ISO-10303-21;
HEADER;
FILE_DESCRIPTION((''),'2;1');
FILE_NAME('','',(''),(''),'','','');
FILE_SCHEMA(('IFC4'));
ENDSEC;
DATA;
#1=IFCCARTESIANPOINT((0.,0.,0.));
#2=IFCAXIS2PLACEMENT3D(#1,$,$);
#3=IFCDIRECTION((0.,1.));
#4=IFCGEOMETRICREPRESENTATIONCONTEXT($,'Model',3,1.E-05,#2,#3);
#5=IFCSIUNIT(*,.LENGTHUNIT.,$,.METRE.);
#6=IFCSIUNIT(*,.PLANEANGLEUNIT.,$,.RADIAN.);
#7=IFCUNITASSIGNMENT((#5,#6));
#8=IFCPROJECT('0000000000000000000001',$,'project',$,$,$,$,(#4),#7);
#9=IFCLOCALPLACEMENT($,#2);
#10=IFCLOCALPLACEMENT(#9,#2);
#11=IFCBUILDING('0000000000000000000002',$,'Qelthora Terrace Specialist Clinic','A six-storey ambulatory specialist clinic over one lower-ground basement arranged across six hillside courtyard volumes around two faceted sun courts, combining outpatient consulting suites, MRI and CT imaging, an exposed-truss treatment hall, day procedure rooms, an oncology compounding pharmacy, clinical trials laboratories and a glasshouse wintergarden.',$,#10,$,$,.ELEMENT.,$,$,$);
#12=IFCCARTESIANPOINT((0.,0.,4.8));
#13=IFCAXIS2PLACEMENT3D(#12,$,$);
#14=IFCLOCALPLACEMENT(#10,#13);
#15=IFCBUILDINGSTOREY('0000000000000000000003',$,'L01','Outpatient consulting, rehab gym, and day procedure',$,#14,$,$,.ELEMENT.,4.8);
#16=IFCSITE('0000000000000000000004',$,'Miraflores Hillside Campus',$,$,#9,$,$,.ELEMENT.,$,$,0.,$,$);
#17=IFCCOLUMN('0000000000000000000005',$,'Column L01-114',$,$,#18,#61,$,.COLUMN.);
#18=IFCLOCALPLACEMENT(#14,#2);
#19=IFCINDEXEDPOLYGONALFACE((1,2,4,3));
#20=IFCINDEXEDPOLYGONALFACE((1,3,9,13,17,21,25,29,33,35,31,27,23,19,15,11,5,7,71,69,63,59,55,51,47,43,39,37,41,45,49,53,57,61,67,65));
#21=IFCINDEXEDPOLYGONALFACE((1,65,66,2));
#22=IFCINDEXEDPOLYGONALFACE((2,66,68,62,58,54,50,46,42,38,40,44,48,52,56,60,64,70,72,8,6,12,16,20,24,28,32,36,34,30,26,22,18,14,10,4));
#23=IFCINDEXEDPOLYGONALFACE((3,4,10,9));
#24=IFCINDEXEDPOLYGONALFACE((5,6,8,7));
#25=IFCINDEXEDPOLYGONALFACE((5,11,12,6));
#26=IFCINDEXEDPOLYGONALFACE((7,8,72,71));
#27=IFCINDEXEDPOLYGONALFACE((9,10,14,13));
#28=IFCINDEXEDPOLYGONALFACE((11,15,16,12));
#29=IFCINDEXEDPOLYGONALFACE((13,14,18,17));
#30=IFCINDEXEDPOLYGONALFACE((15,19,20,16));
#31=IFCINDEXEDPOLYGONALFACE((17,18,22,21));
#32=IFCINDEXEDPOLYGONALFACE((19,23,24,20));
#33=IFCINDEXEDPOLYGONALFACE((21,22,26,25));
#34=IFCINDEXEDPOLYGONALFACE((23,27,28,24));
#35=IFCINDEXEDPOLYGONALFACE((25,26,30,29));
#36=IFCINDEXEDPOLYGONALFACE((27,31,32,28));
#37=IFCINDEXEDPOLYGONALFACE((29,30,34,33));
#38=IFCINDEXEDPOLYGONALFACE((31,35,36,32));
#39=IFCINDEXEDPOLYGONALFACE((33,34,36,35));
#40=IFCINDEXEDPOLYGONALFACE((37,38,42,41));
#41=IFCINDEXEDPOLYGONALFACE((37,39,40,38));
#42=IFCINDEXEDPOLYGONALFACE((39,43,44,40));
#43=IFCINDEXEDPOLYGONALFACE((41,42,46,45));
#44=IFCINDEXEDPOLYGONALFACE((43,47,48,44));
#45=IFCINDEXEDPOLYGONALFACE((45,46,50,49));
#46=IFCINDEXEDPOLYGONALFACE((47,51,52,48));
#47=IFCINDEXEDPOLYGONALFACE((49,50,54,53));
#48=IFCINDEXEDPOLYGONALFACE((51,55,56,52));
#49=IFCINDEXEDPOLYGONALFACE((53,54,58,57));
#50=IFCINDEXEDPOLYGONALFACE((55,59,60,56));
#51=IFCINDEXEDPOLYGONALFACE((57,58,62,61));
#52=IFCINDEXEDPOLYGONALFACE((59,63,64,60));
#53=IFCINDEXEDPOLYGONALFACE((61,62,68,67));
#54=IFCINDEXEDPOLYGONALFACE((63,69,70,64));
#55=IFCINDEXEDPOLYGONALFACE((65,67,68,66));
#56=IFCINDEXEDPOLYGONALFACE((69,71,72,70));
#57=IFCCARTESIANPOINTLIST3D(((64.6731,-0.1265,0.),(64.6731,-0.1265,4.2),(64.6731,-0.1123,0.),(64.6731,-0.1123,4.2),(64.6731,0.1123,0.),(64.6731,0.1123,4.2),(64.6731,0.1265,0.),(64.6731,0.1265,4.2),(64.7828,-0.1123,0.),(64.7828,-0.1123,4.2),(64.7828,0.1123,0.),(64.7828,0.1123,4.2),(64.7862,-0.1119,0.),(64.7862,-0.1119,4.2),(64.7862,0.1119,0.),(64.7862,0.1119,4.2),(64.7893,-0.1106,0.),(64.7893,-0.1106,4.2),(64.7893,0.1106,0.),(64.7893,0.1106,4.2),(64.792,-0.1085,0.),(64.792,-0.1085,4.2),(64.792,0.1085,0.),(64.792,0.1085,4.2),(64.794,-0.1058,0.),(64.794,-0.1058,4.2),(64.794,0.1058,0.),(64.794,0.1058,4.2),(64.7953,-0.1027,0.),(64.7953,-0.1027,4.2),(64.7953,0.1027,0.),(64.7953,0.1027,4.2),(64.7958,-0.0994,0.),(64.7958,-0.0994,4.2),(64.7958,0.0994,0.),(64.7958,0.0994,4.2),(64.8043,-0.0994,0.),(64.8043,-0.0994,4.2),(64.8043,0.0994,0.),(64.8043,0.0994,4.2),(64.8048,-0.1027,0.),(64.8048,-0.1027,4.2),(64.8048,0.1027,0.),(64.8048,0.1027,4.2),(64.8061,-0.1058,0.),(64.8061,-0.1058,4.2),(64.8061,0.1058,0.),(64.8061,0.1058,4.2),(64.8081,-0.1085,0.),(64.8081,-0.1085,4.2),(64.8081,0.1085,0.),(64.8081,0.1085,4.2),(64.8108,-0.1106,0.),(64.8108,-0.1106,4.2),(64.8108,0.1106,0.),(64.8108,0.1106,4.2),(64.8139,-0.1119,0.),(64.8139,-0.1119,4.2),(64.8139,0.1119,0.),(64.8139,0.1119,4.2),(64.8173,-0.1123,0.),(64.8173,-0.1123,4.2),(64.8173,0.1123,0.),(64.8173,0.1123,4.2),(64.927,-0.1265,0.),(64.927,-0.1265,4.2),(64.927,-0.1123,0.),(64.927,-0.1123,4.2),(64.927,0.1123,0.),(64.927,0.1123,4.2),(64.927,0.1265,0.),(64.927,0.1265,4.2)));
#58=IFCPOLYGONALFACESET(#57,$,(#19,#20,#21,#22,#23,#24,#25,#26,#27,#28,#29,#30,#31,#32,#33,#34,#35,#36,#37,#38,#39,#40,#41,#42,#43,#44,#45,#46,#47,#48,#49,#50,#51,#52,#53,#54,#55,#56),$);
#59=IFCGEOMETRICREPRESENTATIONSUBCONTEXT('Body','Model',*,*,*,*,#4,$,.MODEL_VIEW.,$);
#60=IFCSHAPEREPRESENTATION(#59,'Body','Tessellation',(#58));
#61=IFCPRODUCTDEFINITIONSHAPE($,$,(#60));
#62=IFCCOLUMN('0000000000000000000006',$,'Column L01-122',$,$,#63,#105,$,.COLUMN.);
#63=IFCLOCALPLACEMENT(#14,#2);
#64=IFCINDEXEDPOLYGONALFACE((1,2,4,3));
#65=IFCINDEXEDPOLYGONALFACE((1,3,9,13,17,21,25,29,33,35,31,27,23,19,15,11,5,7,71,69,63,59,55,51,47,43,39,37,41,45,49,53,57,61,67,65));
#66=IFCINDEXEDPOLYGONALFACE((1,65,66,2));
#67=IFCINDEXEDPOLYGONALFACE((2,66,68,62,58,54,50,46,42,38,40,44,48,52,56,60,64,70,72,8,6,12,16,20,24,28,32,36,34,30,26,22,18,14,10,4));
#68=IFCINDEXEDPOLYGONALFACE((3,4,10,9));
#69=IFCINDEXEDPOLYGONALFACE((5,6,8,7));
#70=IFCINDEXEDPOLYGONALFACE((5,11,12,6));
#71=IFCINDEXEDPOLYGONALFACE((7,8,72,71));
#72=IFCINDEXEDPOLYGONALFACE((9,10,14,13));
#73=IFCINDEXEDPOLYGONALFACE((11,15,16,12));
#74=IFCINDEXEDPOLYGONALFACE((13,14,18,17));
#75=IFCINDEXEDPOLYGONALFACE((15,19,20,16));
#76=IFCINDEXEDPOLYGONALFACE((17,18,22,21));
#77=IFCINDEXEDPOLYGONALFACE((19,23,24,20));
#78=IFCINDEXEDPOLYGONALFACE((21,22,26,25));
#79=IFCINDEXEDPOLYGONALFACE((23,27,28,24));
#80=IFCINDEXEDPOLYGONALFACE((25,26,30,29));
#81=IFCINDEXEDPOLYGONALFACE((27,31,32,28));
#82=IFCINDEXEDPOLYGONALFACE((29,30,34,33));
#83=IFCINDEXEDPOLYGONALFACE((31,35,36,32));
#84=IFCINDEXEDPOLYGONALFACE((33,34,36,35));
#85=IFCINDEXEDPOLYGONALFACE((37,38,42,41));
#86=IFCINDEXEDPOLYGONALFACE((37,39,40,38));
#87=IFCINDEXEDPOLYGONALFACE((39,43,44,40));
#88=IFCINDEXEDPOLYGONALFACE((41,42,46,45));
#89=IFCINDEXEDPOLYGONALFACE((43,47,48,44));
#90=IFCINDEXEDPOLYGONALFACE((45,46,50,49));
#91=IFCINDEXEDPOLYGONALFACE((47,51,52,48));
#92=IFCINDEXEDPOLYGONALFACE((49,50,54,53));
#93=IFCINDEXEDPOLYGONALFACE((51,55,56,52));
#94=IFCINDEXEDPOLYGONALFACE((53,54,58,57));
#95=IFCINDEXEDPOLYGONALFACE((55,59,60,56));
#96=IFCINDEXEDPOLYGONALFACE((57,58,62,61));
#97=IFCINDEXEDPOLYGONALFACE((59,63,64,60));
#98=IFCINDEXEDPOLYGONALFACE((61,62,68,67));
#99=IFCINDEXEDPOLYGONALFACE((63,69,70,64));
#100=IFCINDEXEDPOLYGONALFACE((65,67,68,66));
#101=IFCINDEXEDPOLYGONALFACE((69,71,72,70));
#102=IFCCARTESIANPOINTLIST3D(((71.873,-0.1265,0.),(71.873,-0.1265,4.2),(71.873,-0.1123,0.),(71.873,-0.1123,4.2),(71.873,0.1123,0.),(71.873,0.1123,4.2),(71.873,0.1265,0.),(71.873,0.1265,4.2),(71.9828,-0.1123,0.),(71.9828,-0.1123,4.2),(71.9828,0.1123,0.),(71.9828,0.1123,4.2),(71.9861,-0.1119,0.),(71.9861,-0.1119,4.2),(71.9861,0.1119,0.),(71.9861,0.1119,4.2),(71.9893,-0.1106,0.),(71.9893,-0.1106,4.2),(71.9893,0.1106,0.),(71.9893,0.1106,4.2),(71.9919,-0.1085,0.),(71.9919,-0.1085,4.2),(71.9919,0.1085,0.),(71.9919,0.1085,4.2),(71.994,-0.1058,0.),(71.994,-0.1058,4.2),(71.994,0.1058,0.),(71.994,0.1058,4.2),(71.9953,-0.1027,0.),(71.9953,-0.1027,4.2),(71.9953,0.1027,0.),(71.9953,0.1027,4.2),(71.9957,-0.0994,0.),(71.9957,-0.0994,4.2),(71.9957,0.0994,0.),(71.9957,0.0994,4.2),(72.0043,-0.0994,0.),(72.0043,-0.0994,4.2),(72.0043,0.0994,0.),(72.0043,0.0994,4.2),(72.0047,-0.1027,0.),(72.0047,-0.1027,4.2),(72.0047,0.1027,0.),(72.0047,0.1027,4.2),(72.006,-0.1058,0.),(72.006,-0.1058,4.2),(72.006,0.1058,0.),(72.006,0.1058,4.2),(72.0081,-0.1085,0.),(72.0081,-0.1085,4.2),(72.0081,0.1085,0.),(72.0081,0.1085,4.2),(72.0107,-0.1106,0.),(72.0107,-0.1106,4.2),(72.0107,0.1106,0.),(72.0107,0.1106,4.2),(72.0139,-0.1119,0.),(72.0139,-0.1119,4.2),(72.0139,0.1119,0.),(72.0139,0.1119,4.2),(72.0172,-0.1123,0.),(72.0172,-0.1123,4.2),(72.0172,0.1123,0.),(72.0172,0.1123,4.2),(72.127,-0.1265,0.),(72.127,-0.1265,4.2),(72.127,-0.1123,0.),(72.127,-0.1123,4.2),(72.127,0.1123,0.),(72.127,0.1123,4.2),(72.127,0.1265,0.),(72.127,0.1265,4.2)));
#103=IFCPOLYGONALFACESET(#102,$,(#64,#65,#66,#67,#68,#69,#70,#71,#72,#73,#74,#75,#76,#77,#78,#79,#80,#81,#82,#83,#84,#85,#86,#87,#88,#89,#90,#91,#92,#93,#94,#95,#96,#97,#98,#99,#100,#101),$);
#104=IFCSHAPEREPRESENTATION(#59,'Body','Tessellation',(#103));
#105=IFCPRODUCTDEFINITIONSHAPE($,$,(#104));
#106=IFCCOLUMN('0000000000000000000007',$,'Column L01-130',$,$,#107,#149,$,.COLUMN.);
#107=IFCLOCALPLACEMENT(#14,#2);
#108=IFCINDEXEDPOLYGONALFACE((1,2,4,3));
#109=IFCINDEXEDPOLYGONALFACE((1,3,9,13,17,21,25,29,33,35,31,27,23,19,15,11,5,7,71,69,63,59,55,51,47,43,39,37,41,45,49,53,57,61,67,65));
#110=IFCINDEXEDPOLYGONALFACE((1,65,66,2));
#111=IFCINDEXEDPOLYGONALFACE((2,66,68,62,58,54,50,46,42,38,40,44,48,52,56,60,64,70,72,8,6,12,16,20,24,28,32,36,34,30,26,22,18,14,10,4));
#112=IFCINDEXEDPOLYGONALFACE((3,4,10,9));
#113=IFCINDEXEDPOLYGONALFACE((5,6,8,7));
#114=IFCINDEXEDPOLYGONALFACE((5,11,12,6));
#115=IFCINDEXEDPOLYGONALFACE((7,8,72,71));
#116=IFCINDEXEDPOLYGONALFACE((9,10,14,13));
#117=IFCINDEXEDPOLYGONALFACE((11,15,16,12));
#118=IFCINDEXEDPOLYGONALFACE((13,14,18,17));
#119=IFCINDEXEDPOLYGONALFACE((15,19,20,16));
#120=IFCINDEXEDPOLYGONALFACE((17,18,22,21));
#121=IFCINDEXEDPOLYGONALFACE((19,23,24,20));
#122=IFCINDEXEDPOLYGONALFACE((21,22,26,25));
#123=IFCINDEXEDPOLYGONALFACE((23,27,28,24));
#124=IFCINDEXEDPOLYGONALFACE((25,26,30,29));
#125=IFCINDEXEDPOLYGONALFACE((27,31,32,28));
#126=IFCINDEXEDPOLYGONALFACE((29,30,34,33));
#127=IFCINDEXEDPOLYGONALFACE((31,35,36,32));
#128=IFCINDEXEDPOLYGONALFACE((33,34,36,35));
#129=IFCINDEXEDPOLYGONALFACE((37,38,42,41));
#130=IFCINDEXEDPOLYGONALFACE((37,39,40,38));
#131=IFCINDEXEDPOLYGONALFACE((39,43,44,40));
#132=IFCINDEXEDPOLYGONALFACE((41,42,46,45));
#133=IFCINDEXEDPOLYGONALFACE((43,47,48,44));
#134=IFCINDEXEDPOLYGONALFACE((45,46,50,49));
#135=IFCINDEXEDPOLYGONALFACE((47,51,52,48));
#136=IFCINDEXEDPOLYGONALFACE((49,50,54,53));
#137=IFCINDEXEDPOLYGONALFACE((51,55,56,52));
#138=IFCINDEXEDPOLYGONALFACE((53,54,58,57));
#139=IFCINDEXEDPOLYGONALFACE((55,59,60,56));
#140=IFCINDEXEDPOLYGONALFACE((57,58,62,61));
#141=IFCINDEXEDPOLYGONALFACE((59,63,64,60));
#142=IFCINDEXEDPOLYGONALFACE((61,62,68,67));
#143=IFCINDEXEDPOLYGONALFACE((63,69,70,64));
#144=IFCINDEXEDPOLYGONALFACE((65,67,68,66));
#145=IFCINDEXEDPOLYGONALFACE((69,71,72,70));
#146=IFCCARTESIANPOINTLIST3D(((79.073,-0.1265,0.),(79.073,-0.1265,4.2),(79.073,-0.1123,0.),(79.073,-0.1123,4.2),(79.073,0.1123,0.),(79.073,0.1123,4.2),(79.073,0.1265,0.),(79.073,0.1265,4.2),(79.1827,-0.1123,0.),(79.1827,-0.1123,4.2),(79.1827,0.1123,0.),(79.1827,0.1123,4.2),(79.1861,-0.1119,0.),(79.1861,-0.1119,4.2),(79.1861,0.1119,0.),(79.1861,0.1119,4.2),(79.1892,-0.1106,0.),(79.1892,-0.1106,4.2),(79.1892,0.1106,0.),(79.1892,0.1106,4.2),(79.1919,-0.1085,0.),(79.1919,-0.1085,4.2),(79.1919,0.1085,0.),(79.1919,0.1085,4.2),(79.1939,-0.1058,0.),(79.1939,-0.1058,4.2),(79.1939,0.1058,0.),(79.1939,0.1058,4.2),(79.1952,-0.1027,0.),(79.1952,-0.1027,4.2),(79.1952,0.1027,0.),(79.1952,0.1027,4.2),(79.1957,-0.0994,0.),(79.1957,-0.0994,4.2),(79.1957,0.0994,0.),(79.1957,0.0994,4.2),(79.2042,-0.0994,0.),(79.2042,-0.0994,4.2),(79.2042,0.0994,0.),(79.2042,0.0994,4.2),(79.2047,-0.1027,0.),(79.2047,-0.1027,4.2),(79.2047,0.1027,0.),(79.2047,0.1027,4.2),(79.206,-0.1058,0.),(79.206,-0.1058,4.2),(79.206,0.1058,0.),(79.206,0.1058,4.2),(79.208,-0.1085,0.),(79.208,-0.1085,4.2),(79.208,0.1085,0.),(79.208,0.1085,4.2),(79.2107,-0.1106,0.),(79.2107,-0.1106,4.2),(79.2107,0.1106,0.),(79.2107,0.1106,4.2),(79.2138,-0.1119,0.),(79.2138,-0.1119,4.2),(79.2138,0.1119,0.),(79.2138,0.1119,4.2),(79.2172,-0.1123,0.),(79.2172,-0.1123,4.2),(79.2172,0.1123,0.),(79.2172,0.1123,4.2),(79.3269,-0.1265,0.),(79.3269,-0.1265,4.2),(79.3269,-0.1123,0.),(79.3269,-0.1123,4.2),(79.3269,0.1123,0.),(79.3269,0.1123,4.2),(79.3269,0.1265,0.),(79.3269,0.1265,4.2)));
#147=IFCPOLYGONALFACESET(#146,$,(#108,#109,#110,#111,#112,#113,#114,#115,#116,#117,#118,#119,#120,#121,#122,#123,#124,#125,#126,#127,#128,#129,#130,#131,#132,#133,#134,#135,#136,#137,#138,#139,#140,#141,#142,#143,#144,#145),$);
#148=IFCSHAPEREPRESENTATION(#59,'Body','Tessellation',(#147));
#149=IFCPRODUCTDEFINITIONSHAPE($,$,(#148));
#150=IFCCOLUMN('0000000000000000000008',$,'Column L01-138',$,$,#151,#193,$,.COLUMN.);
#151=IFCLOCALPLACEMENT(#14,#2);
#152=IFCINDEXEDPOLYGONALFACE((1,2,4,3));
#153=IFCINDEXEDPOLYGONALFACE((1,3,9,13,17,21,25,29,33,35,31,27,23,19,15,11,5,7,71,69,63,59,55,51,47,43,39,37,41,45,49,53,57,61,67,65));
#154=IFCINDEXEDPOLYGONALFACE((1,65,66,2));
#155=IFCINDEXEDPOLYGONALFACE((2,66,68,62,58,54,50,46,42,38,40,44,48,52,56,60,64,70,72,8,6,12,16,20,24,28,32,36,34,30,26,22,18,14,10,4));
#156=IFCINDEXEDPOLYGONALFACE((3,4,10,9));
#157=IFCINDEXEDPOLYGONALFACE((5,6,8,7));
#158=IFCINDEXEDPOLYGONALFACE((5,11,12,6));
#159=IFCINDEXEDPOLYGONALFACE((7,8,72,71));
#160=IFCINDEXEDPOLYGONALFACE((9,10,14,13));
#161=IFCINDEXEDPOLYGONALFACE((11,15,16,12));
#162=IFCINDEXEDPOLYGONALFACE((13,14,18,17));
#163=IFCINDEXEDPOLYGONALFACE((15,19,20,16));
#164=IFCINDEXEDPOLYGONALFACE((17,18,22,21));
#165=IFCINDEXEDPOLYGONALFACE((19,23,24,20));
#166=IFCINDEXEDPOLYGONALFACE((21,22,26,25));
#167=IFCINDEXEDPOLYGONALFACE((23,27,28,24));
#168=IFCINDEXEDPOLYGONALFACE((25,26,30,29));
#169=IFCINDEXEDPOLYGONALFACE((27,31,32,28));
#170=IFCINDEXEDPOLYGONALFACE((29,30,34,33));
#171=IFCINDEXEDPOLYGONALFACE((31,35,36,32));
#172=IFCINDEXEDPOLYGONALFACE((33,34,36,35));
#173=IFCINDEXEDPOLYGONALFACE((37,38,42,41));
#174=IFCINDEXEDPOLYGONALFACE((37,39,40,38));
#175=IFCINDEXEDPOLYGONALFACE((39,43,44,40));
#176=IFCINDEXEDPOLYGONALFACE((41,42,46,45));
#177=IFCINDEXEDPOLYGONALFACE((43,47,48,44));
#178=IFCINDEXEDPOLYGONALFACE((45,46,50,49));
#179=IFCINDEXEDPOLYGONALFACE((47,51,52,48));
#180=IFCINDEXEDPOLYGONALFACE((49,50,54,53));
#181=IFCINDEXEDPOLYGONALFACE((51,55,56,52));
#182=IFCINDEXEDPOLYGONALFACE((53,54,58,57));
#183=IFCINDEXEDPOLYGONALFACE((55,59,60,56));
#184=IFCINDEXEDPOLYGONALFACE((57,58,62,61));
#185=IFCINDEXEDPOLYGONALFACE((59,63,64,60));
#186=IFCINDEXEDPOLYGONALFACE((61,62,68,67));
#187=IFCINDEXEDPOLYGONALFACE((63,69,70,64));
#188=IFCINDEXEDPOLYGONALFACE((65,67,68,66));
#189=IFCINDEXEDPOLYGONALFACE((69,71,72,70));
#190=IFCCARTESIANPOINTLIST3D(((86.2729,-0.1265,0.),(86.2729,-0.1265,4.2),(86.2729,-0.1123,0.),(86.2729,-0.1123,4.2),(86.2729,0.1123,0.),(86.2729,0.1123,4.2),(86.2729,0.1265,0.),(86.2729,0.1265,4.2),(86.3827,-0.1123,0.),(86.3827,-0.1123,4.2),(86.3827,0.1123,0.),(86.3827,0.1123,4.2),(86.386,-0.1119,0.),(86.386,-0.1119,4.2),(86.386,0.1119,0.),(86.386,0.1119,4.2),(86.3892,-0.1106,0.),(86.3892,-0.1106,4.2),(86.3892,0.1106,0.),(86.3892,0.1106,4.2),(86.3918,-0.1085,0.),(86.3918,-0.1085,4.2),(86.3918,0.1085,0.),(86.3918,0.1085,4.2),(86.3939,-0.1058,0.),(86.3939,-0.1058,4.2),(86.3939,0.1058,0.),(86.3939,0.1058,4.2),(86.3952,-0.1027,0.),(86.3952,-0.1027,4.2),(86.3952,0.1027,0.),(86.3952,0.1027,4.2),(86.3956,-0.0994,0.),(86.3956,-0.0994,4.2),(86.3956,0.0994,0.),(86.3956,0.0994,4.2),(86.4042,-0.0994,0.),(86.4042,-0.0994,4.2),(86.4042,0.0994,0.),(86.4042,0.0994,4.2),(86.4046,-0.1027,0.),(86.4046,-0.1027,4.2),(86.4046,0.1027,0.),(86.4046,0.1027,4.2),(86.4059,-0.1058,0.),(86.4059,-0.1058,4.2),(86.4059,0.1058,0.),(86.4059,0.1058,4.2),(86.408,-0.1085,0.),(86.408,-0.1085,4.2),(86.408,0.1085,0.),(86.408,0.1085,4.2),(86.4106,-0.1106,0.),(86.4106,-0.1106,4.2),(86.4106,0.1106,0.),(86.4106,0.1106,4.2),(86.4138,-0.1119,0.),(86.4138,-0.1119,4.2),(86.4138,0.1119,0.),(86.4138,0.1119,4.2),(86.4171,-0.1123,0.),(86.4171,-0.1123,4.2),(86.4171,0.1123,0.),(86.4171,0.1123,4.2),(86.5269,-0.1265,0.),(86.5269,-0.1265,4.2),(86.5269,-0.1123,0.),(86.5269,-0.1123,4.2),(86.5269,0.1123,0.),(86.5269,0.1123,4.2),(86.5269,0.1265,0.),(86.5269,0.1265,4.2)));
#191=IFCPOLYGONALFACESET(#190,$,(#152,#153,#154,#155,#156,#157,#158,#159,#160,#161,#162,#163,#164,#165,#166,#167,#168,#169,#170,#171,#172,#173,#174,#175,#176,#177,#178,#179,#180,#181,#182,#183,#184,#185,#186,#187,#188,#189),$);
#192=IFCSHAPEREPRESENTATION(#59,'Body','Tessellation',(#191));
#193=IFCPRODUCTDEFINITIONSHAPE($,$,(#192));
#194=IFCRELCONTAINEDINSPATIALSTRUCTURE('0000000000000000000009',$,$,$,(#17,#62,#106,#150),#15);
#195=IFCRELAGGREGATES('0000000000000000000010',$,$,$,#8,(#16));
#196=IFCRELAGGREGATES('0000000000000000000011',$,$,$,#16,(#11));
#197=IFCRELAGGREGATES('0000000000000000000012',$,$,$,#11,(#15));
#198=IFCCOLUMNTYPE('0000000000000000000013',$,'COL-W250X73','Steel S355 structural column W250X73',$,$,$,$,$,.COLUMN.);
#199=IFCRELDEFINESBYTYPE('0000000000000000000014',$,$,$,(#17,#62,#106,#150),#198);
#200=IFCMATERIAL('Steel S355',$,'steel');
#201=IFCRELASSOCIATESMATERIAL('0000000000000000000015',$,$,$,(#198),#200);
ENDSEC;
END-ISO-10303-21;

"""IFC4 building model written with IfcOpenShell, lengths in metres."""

from ifc_helpers import new_model, si_unit, direction, frame, origin, origin_2d, place, context, subcontext, project, spatial, i_section, extrude, material, material_profile, profile_set, type_object, element, save


model = new_model("IFC4")

# Units and contexts
model_context = context("Model", 3, precision=1e-05, world=origin(), true_north=direction((0.0, 1.0)))
body_context = subcontext(model_context, "Body", "Model", "MODEL_VIEW")
ifc_project = project(units=[si_unit("LENGTHUNIT", "METRE"), si_unit("PLANEANGLEUNIT", "RADIAN")], contexts=[model_context])

# Site, building, storey
site_placement = place(None, origin())
site = spatial("IfcSite", under=ifc_project, at=site_placement, Name="Miraflores Hillside Campus", CompositionType="ELEMENT", RefElevation=0.0)
building_placement = place(site_placement, origin())
building = spatial("IfcBuilding", under=site, at=building_placement, Name="Qelthora Terrace Specialist Clinic", Description="A six-storey ambulatory specialist clinic over one lower-ground basement arranged across six hillside courtyard volumes around two faceted sun courts, combining outpatient consulting suites, MRI and CT imaging, an exposed-truss treatment hall, day procedure rooms, an oncology compounding pharmacy, clinical trials laboratories and a glasshouse wintergarden.", CompositionType="ELEMENT")
storey_placement = place(building_placement, frame((0.0, 0.0, 4.8)))
storey = spatial("IfcBuildingStorey", under=building, at=storey_placement, Name="L01", Description="Outpatient consulting, rehab gym, and day procedure", CompositionType="ELEMENT", Elevation=4.8)

# Columns
ifc_material_1 = material(Name="Steel S355", Category="steel")
ifc_material_profile_1 = material_profile(ifc_material_1, i_section(OverallWidth=0.2539, OverallDepth=0.2529, WebThickness=0.0085, FlangeThickness=0.0142, FilletRadius=0.0129, at=origin_2d()), Name="W250X73")
ifc_profile_set_1 = profile_set([ifc_material_profile_1], Name="Steel S355")
column_type_1 = type_object("IfcColumnType", Name="COL-W250X73", Description="Steel S355 structural column W250X73", PredefinedType="COLUMN", material=ifc_profile_set_1)
for number, where, z_axis, x_axis, name in (
    (1, (64.8, 0.0, 0.0), (0.0, 0.0, 1.0), (1.0, 0.0, 0.0), "Column L01-114"),
    (2, (72.0, 0.0, 0.0), (0.0, 0.0, 1.0), (1.0, 0.0, 0.0), "Column L01-122"),
    (3, (79.2, 0.0, 0.0), (0.0, 0.0, 1.0), (1.0, 0.0, 0.0), "Column L01-130"),
    (4, (86.3999, 0.0, 0.0), (0.0, 0.0, 1.0), (1.0, 0.0, 0.0), "Column L01-138"),
):
    element("IfcColumn", number, at=place(storey_placement, frame(where, z_axis=z_axis, x_axis=x_axis)), inside=storey, type_object=column_type_1, Name=name, PredefinedType="COLUMN", context=body_context, shape_type="SweptSolid", body=[
        extrude(i_section(OverallWidth=0.2539, OverallDepth=0.2529, WebThickness=0.0085, FlangeThickness=0.0142, FilletRadius=0.0129, at=origin_2d()), origin(), (0.0, 0.0, 1.0), 4.2),
    ])

save(model, "model.ifc")
